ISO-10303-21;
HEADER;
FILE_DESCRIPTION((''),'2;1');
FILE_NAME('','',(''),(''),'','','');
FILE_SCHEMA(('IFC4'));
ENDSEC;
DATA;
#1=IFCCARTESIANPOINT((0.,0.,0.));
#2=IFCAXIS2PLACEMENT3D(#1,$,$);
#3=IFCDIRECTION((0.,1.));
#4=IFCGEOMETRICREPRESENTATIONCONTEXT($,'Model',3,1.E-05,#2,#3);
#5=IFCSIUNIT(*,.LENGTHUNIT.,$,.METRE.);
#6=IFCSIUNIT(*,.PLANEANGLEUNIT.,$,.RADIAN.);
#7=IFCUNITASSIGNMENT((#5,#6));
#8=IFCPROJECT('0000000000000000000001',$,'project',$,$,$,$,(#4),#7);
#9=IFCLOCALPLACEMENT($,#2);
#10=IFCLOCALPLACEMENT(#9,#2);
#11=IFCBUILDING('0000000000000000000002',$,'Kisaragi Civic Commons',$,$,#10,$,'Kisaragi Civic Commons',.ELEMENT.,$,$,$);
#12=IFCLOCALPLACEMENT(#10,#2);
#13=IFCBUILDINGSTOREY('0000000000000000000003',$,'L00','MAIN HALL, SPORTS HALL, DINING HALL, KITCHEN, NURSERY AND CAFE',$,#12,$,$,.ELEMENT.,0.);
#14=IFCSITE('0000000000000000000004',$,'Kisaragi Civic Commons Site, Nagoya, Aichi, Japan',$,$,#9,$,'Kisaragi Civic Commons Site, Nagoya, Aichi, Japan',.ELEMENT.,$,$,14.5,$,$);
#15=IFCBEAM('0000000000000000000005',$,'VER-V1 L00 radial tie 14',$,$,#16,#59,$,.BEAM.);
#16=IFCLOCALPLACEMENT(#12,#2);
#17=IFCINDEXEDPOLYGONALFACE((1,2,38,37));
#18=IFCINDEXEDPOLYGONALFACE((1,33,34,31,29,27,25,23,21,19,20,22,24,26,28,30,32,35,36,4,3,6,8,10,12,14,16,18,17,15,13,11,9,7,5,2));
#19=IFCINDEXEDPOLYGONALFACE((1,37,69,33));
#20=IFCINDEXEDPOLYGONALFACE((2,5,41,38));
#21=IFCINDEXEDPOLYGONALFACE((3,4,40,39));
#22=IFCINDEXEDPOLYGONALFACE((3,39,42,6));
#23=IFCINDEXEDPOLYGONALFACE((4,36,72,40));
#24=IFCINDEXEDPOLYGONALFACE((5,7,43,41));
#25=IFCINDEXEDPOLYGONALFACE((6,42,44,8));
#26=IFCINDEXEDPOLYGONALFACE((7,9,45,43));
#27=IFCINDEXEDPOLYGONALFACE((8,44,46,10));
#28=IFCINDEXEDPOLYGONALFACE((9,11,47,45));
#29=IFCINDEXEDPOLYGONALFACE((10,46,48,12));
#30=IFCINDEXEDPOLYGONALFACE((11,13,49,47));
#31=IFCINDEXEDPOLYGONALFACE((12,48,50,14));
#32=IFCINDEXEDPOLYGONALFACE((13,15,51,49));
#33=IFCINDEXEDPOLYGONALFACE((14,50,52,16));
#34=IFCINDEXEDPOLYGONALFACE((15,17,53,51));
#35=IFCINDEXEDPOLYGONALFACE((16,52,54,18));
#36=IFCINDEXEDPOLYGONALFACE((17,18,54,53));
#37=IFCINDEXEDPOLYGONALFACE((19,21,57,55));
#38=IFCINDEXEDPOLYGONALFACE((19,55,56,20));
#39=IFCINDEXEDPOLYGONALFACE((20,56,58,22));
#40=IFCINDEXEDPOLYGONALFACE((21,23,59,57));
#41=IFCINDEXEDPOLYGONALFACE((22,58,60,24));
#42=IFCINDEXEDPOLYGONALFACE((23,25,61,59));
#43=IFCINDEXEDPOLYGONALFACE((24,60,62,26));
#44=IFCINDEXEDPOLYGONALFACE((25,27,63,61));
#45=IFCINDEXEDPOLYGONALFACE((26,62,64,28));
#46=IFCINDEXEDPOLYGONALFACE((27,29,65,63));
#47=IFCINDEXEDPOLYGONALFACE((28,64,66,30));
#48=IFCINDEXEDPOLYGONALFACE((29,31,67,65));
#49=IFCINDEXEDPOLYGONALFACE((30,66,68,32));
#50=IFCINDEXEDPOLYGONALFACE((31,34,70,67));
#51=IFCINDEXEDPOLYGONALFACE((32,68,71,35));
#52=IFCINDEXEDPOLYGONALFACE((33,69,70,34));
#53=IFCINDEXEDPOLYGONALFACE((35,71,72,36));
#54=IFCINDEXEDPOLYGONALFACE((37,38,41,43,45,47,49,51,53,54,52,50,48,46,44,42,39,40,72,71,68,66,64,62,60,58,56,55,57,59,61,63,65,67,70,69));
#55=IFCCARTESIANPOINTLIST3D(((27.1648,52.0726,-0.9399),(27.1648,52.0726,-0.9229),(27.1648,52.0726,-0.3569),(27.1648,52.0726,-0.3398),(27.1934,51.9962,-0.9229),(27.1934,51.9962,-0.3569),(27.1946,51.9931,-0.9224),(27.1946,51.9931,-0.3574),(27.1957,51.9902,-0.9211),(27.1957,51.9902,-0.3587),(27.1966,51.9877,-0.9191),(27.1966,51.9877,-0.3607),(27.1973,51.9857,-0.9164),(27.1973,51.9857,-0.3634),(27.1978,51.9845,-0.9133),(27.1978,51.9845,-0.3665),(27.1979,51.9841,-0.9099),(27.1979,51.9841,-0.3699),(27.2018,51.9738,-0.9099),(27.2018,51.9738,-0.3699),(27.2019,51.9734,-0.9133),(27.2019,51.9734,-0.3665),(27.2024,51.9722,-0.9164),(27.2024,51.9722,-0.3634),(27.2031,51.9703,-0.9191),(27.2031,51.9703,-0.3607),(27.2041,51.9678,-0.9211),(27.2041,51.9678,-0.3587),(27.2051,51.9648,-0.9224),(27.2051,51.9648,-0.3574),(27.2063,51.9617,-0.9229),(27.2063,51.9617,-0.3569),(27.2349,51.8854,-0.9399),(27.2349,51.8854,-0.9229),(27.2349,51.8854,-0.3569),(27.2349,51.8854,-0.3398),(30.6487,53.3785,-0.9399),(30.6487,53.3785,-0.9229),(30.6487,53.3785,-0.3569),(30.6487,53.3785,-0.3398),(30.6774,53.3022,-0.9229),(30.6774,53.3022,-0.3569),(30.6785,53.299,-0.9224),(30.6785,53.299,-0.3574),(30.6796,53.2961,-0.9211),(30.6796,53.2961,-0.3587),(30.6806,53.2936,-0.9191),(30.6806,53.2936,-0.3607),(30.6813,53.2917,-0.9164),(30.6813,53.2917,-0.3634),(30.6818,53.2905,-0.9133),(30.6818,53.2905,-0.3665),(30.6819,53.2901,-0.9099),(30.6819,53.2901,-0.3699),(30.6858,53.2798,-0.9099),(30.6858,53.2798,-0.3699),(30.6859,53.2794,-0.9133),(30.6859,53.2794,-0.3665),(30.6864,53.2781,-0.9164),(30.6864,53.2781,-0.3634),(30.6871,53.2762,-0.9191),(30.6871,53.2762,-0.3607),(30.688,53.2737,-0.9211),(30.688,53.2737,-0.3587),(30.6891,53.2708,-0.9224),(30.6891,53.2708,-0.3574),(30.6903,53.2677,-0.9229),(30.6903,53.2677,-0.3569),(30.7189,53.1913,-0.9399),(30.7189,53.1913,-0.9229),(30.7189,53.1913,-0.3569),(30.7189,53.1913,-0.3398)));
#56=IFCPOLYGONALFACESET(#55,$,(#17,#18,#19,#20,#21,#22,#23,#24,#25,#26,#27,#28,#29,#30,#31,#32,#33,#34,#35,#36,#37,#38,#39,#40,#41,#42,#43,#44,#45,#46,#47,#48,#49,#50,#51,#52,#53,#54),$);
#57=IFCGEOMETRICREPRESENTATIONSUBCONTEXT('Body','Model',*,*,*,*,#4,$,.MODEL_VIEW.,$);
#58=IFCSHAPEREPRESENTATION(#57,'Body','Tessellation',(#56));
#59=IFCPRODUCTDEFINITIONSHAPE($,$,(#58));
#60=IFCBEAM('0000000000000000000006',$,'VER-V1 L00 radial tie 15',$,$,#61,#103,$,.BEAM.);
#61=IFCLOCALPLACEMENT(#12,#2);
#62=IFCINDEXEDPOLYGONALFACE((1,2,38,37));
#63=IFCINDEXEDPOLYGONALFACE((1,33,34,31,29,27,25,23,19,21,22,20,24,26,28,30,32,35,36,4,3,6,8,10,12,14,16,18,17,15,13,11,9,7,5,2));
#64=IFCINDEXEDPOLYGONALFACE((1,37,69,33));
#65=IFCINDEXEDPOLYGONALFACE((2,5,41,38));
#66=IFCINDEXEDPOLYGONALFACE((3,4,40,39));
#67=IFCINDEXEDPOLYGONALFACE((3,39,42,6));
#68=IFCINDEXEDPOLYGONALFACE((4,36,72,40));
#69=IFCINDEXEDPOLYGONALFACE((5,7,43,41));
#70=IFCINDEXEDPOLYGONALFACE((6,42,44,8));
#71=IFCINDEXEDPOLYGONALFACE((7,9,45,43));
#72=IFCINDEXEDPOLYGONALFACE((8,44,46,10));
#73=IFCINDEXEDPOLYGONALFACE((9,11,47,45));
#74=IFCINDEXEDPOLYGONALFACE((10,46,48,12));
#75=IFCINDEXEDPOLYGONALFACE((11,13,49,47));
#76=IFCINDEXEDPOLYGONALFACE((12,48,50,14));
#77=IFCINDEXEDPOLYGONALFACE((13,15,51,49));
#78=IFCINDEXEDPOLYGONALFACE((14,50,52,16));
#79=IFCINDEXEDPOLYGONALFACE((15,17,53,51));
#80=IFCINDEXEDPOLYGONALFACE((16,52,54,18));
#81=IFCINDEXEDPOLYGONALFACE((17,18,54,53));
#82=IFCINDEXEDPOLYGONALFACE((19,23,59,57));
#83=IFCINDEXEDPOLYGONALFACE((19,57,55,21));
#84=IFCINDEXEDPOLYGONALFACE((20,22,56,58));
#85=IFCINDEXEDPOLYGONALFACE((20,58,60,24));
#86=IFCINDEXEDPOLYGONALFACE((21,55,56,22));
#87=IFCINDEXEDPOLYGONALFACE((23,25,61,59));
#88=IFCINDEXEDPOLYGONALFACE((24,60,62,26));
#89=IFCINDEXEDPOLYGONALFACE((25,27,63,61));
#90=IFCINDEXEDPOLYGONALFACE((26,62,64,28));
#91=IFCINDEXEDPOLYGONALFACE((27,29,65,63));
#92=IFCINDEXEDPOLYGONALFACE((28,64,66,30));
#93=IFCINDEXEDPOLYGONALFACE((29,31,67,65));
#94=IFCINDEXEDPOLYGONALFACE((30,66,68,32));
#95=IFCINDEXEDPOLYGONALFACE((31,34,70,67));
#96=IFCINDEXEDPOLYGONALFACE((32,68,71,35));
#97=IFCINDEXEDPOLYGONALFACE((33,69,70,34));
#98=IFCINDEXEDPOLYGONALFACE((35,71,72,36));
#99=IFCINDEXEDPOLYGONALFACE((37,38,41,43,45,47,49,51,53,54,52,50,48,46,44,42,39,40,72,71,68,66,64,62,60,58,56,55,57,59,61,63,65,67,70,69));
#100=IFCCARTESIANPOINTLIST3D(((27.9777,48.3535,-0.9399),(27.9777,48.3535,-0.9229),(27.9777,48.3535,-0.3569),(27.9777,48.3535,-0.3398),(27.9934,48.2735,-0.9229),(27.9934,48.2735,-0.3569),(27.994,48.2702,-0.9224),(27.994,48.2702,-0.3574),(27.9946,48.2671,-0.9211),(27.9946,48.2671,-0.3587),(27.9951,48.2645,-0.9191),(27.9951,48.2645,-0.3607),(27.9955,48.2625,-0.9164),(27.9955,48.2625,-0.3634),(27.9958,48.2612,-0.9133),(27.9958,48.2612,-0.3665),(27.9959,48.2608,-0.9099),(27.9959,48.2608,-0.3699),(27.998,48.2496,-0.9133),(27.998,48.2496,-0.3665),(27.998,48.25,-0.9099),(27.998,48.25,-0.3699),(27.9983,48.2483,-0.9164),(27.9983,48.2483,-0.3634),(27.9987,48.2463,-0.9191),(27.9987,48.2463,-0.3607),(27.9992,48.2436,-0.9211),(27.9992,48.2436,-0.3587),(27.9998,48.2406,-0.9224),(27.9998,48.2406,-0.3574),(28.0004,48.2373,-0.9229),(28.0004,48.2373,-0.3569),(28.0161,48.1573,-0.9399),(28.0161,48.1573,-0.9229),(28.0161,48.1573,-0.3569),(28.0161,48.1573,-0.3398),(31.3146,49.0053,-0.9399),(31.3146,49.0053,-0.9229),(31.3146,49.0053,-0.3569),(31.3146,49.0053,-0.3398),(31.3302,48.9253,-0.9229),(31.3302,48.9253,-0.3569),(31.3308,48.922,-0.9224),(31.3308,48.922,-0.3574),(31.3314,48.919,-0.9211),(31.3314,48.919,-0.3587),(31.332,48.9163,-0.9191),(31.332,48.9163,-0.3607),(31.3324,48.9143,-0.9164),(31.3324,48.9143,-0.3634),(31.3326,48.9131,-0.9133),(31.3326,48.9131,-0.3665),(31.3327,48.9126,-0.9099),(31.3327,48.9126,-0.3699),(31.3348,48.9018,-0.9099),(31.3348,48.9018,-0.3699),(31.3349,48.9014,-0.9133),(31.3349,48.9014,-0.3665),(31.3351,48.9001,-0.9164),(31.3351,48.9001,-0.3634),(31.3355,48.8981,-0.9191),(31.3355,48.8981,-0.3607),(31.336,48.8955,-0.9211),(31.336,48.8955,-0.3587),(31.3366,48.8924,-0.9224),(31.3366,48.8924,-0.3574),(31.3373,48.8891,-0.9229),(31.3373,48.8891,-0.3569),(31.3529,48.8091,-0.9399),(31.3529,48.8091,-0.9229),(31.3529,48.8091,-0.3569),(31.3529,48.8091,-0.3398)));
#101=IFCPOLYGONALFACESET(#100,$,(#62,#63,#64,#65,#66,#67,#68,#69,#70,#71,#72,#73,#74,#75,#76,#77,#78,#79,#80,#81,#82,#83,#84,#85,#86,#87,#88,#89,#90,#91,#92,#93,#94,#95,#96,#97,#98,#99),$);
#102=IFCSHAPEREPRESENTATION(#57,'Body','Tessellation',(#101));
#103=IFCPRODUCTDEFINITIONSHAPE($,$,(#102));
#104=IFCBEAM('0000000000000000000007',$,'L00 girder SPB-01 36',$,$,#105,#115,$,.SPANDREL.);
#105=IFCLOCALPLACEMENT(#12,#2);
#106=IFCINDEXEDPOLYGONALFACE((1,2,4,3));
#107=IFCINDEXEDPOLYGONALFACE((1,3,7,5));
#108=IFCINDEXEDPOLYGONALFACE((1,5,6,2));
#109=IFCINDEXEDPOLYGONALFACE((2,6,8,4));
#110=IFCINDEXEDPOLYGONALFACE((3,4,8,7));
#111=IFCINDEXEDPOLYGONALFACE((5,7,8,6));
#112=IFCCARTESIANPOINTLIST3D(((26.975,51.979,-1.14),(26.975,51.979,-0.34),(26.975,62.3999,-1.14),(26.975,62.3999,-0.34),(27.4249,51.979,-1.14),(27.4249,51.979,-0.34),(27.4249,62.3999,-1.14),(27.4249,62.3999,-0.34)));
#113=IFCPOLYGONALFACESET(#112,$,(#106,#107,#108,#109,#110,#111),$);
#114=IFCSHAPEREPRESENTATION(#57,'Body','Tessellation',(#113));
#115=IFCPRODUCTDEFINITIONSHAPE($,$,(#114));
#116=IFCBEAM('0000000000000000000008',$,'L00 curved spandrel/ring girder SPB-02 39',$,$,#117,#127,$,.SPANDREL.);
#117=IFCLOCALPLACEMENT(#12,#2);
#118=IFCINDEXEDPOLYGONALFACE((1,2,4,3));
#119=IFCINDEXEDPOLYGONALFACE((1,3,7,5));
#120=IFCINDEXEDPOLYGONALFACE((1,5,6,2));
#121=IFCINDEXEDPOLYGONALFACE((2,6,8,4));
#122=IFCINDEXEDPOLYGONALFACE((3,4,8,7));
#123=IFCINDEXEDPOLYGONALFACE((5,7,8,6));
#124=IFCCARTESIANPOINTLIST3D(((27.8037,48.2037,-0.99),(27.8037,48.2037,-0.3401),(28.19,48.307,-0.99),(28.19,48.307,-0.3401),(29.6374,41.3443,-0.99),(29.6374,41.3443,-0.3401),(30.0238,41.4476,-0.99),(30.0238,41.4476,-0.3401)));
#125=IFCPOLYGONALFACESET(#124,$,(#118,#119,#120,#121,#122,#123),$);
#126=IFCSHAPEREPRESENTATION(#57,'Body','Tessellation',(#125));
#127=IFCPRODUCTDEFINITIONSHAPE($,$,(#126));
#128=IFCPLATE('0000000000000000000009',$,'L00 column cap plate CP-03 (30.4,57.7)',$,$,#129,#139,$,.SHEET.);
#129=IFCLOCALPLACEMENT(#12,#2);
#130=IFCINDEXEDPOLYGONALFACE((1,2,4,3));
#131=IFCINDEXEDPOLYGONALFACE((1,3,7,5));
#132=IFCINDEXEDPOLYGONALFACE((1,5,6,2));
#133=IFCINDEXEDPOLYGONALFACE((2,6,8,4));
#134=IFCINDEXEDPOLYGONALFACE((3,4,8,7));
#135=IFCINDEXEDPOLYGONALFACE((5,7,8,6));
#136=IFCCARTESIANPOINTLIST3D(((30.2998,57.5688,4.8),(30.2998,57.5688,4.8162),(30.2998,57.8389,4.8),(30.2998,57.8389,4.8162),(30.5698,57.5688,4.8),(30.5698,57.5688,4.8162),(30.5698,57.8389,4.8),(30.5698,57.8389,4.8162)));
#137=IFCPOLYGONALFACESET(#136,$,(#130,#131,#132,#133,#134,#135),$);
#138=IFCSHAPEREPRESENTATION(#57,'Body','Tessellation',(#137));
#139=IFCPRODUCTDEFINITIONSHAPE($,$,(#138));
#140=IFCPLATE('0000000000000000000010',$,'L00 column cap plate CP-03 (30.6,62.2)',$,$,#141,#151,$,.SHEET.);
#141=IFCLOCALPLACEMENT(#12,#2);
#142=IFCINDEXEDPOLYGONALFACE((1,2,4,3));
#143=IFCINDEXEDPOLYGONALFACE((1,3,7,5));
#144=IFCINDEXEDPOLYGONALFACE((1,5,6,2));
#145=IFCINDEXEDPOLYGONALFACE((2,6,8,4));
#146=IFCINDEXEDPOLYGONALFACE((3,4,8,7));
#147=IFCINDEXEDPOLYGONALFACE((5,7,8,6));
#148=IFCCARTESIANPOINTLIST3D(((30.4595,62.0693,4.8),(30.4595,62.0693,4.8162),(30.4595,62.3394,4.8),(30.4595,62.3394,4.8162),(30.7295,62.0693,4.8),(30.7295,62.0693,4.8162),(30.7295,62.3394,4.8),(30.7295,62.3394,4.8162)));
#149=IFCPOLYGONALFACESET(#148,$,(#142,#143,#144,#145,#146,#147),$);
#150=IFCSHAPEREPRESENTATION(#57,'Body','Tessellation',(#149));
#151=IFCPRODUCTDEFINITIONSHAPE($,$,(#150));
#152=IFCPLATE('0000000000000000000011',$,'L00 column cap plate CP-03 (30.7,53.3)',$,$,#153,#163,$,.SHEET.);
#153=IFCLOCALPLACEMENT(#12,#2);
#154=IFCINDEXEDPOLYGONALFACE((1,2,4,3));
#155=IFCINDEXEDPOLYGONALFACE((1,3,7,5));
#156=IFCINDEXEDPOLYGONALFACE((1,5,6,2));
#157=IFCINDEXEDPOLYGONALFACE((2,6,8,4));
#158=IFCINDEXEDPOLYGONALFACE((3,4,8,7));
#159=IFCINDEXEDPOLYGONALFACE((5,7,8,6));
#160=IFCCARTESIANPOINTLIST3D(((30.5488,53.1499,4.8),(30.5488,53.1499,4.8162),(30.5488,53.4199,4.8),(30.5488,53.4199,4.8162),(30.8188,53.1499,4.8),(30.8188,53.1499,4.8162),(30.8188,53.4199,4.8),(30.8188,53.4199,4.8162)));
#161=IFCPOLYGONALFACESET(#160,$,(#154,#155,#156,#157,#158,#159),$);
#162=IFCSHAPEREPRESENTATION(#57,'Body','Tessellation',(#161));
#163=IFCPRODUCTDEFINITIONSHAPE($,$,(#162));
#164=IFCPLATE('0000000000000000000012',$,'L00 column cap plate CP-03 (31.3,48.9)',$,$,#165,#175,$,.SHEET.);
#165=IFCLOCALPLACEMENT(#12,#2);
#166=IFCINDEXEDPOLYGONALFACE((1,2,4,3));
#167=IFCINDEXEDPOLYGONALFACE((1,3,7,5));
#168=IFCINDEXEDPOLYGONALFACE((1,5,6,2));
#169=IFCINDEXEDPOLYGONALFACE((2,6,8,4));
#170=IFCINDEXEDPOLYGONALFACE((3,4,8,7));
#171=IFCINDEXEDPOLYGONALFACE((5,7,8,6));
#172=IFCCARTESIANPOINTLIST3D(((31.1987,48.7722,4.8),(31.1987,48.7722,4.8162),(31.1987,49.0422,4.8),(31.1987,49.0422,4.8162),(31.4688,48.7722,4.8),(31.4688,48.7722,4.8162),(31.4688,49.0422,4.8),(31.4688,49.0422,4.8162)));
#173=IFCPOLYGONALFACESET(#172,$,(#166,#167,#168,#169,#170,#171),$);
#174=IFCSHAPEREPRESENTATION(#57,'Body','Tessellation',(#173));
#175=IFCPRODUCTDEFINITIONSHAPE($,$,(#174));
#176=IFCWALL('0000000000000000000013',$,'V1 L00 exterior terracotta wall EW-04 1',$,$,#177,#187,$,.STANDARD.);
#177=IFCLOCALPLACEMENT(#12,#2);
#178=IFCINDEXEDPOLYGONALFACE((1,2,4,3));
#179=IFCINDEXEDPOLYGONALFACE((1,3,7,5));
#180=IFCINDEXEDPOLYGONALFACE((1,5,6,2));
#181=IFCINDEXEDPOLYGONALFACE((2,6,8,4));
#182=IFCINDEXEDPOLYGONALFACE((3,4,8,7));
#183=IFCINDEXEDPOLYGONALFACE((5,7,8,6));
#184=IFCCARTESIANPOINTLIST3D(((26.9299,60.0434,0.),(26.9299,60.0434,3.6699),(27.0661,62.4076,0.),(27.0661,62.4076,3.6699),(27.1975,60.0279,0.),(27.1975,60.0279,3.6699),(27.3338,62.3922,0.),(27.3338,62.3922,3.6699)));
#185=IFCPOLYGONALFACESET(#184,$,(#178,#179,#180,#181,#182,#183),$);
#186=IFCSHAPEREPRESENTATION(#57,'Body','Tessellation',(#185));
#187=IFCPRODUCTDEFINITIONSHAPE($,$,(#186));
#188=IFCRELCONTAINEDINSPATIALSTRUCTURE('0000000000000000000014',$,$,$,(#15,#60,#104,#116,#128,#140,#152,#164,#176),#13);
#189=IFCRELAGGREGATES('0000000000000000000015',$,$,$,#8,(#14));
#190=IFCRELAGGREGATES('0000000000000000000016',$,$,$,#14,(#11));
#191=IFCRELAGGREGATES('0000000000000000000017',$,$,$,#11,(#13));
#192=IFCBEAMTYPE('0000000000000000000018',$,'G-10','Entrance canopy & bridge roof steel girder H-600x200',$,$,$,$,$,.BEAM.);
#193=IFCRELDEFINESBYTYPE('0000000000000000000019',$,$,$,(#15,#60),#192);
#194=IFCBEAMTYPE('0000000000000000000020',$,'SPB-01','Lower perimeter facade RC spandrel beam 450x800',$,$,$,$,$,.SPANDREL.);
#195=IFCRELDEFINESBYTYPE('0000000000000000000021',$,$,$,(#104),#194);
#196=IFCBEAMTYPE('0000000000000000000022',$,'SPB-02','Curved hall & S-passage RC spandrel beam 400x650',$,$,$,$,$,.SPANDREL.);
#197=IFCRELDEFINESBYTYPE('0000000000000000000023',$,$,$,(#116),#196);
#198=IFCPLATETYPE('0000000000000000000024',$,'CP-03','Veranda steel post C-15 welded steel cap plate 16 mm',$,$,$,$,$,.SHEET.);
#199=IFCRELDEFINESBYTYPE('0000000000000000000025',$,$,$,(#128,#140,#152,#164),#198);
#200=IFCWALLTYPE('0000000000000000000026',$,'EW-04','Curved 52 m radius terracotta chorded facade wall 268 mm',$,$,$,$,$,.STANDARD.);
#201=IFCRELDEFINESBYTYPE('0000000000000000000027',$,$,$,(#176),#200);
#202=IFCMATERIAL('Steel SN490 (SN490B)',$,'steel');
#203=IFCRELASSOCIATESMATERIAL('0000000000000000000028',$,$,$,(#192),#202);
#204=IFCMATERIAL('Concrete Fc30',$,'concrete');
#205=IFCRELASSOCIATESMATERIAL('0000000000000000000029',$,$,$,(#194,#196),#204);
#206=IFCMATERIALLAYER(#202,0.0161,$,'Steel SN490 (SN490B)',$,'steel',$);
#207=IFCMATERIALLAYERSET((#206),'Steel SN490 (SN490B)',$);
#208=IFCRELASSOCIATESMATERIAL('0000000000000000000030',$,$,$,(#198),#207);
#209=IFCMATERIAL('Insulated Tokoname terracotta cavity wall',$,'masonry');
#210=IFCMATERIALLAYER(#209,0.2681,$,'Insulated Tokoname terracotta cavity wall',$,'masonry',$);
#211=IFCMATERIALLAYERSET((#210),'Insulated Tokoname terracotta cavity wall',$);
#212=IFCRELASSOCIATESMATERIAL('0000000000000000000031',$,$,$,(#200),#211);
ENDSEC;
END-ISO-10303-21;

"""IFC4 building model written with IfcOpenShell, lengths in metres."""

from ifc_helpers import new_model, si_unit, direction, frame, frame_2d, origin, origin_2d, place, context, subcontext, project, spatial, rectangle, i_section, extrude, material, layer, layer_set, material_profile, profile_set, type_object, element, save


model = new_model("IFC4")

# Units and contexts
model_context = context("Model", 3, precision=1e-05, world=origin(), true_north=direction((0.0, 1.0)))
body_context = subcontext(model_context, "Body", "Model", "MODEL_VIEW")
ifc_project = project(units=[si_unit("LENGTHUNIT", "METRE"), si_unit("PLANEANGLEUNIT", "RADIAN")], contexts=[model_context])

# Site, building, storey
site_placement = place(None, origin())
site = spatial("IfcSite", under=ifc_project, at=site_placement, Name="Kisaragi Civic Commons Site, Nagoya, Aichi, Japan", LongName="Kisaragi Civic Commons Site, Nagoya, Aichi, Japan", CompositionType="ELEMENT", RefElevation=14.5)
building_placement = place(site_placement, origin())
building = spatial("IfcBuilding", under=site, at=building_placement, Name="Kisaragi Civic Commons", LongName="Kisaragi Civic Commons", CompositionType="ELEMENT")
storey_placement = place(building_placement, origin())
storey = spatial("IfcBuildingStorey", under=building, at=storey_placement, Name="L00", Description="MAIN HALL, SPORTS HALL, DINING HALL, KITCHEN, NURSERY AND CAFE", CompositionType="ELEMENT", Elevation=0.0)

# Shared definitions
ifc_material_1 = material(Name="Concrete Fc30", Category="concrete")

# Beams
ifc_material_2 = material(Name="Steel SN490 (SN490B)", Category="steel")
ifc_material_profile_1 = material_profile(ifc_material_2, i_section(OverallWidth=0.2, OverallDepth=0.6001, WebThickness=0.011, FlangeThickness=0.0171, FilletRadius=0.0129, at=origin_2d()), Name="H-600x200x11x17", Category="steel")
ifc_profile_set_1 = profile_set([ifc_material_profile_1], Name="Steel SN490 (SN490B)")
beam_type_1 = type_object("IfcBeamType", Name="G-10", Description="Entrance canopy & bridge roof steel girder H-600x200", PredefinedType="BEAM", material=ifc_profile_set_1)
beam_1_placement = place(storey_placement, frame((30.6838, 53.2849, -0.6399), z_axis=(-0.936378, -0.350994, 0.0), x_axis=(0.350994, -0.936378, 0.0)))
element("IfcBeam", 1, at=beam_1_placement, inside=storey, type_object=beam_type_1, Name="VER-V1 L00 radial tie 14", PredefinedType="BEAM", context=body_context, shape_type="SweptSolid", body=[
    extrude(i_section(OverallWidth=0.2, OverallDepth=0.6001, WebThickness=0.011, FlangeThickness=0.0171, FilletRadius=0.0129, at=origin_2d()), origin(), (0.0, 0.0, 1.0), 3.7207),
])
beam_2_placement = place(storey_placement, frame((31.3337, 48.9072, -0.6399), z_axis=(-0.981449, -0.191723, 0.0), x_axis=(0.191723, -0.981449, 0.0)))
element("IfcBeam", 2, at=beam_2_placement, inside=storey, type_object=beam_type_1, Name="VER-V1 L00 radial tie 15", PredefinedType="BEAM", context=body_context, shape_type="SweptSolid", body=[
    extrude(i_section(OverallWidth=0.2, OverallDepth=0.6001, WebThickness=0.011, FlangeThickness=0.0171, FilletRadius=0.0129, at=origin_2d()), origin(), (0.0, 0.0, 1.0), 3.3999),
])
ifc_material_profile_2 = material_profile(ifc_material_1, rectangle(XDim=0.45, YDim=0.8, at=origin_2d()), Name="RC-450x800", Category="concrete")
ifc_profile_set_2 = profile_set([ifc_material_profile_2], Name="Concrete Fc30")
beam_type_2 = type_object("IfcBeamType", Name="SPB-01", Description="Lower perimeter facade RC spandrel beam 450x800", PredefinedType="SPANDREL", material=ifc_profile_set_2)
beam_3_placement = place(storey_placement, frame((27.2, 51.979, -0.74), z_axis=(0.0, 1.0, 0.0), x_axis=(-1.0, 0.0, 0.0)))
element("IfcBeam", 3, at=beam_3_placement, inside=storey, type_object=beam_type_2, Name="L00 girder SPB-01 36", PredefinedType="SPANDREL", context=body_context, shape_type="SweptSolid", body=[
    extrude(rectangle(XDim=0.45, YDim=0.8, at=origin_2d()), origin(), (0.0, 0.0, 1.0), 10.4209),
])
ifc_material_profile_3 = material_profile(ifc_material_1, rectangle(XDim=0.3999, YDim=0.6499, at=origin_2d()), Name="RC-400x650", Category="concrete")
ifc_profile_set_3 = profile_set([ifc_material_profile_3], Name="Concrete Fc30")
beam_type_3 = type_object("IfcBeamType", Name="SPB-02", Description="Curved hall & S-passage RC spandrel beam 400x650", PredefinedType="SPANDREL", material=ifc_profile_set_3)
beam_4_placement = place(storey_placement, frame((27.9968, 48.2554, -0.665), z_axis=(0.258264, -0.966074, 0.0), x_axis=(0.966074, 0.258264, 0.0)))
element("IfcBeam", 4, at=beam_4_placement, inside=storey, type_object=beam_type_3, Name="L00 curved spandrel/ring girder SPB-02 39", PredefinedType="SPANDREL", context=body_context, shape_type="SweptSolid", body=[
    extrude(rectangle(XDim=0.3999, YDim=0.6499, at=origin_2d()), origin(), (0.0, 0.0, 1.0), 7.1003),
])

# Plates
ifc_layer_1 = layer(ifc_material_2, 0.0161, Name="Steel SN490 (SN490B)", Category="steel")
ifc_layer_set_1 = layer_set([ifc_layer_1], Name="Steel SN490 (SN490B)")
plate_type = type_object("IfcPlateType", Name="CP-03", Description="Veranda steel post C-15 welded steel cap plate 16 mm", PredefinedType="SHEET", material=ifc_layer_set_1)
for number, where, z_axis, x_axis, name in (
    (5, (30.4348, 57.7039, 4.8), (0.0, 0.0, 1.0), (1.0, 0.0, 0.0), "L00 column cap plate CP-03 (30.4,57.7)"),
    (6, (30.5945, 62.2043, 4.8), (0.0, 0.0, 1.0), (1.0, 0.0, 0.0), "L00 column cap plate CP-03 (30.6,62.2)"),
    (7, (30.6838, 53.2849, 4.8), (0.0, 0.0, 1.0), (1.0, 0.0, 0.0), "L00 column cap plate CP-03 (30.7,53.3)"),
    (8, (31.3337, 48.9072, 4.8), (0.0, 0.0, 1.0), (1.0, 0.0, 0.0), "L00 column cap plate CP-03 (31.3,48.9)"),
):
    element("IfcPlate", number, at=place(storey_placement, frame(where, z_axis=z_axis, x_axis=x_axis)), inside=storey, type_object=plate_type, Name=name, PredefinedType="SHEET", context=body_context, shape_type="SweptSolid", body=[
        extrude(rectangle(XDim=0.27, YDim=0.27, at=origin_2d()), origin(), (0.0, 0.0, 1.0), 0.0161),
    ])

# Wall
ifc_material_3 = material(Name="Insulated Tokoname terracotta cavity wall", Category="masonry")
ifc_layer_2 = layer(ifc_material_3, 0.2681, Name="Insulated Tokoname terracotta cavity wall", Category="masonry")
ifc_layer_set_2 = layer_set([ifc_layer_2], Name="Insulated Tokoname terracotta cavity wall")
wall_type_1 = type_object("IfcWallType", Name="EW-04", Description="Curved 52 m radius terracotta chorded facade wall 268 mm", PredefinedType="STANDARD", material=ifc_layer_set_2)
wall_1_placement = place(storey_placement, frame((27.2, 62.3999, 0.0), z_axis=(0.0, 0.0, 1.0), x_axis=(-0.057525, -0.998344, 0.0)))
element("IfcWall", 9, at=wall_1_placement, inside=storey, type_object=wall_type_1, Name="V1 L00 exterior terracotta wall EW-04 1", PredefinedType="STANDARD", context=body_context, shape_type="SweptSolid", body=[
    extrude(rectangle(XDim=2.3682, YDim=0.2681, at=frame_2d((1.1841, 0.0))), origin(), (0.0, 0.0, 1.0), 3.6699),
])

save(model, "model.ifc")
